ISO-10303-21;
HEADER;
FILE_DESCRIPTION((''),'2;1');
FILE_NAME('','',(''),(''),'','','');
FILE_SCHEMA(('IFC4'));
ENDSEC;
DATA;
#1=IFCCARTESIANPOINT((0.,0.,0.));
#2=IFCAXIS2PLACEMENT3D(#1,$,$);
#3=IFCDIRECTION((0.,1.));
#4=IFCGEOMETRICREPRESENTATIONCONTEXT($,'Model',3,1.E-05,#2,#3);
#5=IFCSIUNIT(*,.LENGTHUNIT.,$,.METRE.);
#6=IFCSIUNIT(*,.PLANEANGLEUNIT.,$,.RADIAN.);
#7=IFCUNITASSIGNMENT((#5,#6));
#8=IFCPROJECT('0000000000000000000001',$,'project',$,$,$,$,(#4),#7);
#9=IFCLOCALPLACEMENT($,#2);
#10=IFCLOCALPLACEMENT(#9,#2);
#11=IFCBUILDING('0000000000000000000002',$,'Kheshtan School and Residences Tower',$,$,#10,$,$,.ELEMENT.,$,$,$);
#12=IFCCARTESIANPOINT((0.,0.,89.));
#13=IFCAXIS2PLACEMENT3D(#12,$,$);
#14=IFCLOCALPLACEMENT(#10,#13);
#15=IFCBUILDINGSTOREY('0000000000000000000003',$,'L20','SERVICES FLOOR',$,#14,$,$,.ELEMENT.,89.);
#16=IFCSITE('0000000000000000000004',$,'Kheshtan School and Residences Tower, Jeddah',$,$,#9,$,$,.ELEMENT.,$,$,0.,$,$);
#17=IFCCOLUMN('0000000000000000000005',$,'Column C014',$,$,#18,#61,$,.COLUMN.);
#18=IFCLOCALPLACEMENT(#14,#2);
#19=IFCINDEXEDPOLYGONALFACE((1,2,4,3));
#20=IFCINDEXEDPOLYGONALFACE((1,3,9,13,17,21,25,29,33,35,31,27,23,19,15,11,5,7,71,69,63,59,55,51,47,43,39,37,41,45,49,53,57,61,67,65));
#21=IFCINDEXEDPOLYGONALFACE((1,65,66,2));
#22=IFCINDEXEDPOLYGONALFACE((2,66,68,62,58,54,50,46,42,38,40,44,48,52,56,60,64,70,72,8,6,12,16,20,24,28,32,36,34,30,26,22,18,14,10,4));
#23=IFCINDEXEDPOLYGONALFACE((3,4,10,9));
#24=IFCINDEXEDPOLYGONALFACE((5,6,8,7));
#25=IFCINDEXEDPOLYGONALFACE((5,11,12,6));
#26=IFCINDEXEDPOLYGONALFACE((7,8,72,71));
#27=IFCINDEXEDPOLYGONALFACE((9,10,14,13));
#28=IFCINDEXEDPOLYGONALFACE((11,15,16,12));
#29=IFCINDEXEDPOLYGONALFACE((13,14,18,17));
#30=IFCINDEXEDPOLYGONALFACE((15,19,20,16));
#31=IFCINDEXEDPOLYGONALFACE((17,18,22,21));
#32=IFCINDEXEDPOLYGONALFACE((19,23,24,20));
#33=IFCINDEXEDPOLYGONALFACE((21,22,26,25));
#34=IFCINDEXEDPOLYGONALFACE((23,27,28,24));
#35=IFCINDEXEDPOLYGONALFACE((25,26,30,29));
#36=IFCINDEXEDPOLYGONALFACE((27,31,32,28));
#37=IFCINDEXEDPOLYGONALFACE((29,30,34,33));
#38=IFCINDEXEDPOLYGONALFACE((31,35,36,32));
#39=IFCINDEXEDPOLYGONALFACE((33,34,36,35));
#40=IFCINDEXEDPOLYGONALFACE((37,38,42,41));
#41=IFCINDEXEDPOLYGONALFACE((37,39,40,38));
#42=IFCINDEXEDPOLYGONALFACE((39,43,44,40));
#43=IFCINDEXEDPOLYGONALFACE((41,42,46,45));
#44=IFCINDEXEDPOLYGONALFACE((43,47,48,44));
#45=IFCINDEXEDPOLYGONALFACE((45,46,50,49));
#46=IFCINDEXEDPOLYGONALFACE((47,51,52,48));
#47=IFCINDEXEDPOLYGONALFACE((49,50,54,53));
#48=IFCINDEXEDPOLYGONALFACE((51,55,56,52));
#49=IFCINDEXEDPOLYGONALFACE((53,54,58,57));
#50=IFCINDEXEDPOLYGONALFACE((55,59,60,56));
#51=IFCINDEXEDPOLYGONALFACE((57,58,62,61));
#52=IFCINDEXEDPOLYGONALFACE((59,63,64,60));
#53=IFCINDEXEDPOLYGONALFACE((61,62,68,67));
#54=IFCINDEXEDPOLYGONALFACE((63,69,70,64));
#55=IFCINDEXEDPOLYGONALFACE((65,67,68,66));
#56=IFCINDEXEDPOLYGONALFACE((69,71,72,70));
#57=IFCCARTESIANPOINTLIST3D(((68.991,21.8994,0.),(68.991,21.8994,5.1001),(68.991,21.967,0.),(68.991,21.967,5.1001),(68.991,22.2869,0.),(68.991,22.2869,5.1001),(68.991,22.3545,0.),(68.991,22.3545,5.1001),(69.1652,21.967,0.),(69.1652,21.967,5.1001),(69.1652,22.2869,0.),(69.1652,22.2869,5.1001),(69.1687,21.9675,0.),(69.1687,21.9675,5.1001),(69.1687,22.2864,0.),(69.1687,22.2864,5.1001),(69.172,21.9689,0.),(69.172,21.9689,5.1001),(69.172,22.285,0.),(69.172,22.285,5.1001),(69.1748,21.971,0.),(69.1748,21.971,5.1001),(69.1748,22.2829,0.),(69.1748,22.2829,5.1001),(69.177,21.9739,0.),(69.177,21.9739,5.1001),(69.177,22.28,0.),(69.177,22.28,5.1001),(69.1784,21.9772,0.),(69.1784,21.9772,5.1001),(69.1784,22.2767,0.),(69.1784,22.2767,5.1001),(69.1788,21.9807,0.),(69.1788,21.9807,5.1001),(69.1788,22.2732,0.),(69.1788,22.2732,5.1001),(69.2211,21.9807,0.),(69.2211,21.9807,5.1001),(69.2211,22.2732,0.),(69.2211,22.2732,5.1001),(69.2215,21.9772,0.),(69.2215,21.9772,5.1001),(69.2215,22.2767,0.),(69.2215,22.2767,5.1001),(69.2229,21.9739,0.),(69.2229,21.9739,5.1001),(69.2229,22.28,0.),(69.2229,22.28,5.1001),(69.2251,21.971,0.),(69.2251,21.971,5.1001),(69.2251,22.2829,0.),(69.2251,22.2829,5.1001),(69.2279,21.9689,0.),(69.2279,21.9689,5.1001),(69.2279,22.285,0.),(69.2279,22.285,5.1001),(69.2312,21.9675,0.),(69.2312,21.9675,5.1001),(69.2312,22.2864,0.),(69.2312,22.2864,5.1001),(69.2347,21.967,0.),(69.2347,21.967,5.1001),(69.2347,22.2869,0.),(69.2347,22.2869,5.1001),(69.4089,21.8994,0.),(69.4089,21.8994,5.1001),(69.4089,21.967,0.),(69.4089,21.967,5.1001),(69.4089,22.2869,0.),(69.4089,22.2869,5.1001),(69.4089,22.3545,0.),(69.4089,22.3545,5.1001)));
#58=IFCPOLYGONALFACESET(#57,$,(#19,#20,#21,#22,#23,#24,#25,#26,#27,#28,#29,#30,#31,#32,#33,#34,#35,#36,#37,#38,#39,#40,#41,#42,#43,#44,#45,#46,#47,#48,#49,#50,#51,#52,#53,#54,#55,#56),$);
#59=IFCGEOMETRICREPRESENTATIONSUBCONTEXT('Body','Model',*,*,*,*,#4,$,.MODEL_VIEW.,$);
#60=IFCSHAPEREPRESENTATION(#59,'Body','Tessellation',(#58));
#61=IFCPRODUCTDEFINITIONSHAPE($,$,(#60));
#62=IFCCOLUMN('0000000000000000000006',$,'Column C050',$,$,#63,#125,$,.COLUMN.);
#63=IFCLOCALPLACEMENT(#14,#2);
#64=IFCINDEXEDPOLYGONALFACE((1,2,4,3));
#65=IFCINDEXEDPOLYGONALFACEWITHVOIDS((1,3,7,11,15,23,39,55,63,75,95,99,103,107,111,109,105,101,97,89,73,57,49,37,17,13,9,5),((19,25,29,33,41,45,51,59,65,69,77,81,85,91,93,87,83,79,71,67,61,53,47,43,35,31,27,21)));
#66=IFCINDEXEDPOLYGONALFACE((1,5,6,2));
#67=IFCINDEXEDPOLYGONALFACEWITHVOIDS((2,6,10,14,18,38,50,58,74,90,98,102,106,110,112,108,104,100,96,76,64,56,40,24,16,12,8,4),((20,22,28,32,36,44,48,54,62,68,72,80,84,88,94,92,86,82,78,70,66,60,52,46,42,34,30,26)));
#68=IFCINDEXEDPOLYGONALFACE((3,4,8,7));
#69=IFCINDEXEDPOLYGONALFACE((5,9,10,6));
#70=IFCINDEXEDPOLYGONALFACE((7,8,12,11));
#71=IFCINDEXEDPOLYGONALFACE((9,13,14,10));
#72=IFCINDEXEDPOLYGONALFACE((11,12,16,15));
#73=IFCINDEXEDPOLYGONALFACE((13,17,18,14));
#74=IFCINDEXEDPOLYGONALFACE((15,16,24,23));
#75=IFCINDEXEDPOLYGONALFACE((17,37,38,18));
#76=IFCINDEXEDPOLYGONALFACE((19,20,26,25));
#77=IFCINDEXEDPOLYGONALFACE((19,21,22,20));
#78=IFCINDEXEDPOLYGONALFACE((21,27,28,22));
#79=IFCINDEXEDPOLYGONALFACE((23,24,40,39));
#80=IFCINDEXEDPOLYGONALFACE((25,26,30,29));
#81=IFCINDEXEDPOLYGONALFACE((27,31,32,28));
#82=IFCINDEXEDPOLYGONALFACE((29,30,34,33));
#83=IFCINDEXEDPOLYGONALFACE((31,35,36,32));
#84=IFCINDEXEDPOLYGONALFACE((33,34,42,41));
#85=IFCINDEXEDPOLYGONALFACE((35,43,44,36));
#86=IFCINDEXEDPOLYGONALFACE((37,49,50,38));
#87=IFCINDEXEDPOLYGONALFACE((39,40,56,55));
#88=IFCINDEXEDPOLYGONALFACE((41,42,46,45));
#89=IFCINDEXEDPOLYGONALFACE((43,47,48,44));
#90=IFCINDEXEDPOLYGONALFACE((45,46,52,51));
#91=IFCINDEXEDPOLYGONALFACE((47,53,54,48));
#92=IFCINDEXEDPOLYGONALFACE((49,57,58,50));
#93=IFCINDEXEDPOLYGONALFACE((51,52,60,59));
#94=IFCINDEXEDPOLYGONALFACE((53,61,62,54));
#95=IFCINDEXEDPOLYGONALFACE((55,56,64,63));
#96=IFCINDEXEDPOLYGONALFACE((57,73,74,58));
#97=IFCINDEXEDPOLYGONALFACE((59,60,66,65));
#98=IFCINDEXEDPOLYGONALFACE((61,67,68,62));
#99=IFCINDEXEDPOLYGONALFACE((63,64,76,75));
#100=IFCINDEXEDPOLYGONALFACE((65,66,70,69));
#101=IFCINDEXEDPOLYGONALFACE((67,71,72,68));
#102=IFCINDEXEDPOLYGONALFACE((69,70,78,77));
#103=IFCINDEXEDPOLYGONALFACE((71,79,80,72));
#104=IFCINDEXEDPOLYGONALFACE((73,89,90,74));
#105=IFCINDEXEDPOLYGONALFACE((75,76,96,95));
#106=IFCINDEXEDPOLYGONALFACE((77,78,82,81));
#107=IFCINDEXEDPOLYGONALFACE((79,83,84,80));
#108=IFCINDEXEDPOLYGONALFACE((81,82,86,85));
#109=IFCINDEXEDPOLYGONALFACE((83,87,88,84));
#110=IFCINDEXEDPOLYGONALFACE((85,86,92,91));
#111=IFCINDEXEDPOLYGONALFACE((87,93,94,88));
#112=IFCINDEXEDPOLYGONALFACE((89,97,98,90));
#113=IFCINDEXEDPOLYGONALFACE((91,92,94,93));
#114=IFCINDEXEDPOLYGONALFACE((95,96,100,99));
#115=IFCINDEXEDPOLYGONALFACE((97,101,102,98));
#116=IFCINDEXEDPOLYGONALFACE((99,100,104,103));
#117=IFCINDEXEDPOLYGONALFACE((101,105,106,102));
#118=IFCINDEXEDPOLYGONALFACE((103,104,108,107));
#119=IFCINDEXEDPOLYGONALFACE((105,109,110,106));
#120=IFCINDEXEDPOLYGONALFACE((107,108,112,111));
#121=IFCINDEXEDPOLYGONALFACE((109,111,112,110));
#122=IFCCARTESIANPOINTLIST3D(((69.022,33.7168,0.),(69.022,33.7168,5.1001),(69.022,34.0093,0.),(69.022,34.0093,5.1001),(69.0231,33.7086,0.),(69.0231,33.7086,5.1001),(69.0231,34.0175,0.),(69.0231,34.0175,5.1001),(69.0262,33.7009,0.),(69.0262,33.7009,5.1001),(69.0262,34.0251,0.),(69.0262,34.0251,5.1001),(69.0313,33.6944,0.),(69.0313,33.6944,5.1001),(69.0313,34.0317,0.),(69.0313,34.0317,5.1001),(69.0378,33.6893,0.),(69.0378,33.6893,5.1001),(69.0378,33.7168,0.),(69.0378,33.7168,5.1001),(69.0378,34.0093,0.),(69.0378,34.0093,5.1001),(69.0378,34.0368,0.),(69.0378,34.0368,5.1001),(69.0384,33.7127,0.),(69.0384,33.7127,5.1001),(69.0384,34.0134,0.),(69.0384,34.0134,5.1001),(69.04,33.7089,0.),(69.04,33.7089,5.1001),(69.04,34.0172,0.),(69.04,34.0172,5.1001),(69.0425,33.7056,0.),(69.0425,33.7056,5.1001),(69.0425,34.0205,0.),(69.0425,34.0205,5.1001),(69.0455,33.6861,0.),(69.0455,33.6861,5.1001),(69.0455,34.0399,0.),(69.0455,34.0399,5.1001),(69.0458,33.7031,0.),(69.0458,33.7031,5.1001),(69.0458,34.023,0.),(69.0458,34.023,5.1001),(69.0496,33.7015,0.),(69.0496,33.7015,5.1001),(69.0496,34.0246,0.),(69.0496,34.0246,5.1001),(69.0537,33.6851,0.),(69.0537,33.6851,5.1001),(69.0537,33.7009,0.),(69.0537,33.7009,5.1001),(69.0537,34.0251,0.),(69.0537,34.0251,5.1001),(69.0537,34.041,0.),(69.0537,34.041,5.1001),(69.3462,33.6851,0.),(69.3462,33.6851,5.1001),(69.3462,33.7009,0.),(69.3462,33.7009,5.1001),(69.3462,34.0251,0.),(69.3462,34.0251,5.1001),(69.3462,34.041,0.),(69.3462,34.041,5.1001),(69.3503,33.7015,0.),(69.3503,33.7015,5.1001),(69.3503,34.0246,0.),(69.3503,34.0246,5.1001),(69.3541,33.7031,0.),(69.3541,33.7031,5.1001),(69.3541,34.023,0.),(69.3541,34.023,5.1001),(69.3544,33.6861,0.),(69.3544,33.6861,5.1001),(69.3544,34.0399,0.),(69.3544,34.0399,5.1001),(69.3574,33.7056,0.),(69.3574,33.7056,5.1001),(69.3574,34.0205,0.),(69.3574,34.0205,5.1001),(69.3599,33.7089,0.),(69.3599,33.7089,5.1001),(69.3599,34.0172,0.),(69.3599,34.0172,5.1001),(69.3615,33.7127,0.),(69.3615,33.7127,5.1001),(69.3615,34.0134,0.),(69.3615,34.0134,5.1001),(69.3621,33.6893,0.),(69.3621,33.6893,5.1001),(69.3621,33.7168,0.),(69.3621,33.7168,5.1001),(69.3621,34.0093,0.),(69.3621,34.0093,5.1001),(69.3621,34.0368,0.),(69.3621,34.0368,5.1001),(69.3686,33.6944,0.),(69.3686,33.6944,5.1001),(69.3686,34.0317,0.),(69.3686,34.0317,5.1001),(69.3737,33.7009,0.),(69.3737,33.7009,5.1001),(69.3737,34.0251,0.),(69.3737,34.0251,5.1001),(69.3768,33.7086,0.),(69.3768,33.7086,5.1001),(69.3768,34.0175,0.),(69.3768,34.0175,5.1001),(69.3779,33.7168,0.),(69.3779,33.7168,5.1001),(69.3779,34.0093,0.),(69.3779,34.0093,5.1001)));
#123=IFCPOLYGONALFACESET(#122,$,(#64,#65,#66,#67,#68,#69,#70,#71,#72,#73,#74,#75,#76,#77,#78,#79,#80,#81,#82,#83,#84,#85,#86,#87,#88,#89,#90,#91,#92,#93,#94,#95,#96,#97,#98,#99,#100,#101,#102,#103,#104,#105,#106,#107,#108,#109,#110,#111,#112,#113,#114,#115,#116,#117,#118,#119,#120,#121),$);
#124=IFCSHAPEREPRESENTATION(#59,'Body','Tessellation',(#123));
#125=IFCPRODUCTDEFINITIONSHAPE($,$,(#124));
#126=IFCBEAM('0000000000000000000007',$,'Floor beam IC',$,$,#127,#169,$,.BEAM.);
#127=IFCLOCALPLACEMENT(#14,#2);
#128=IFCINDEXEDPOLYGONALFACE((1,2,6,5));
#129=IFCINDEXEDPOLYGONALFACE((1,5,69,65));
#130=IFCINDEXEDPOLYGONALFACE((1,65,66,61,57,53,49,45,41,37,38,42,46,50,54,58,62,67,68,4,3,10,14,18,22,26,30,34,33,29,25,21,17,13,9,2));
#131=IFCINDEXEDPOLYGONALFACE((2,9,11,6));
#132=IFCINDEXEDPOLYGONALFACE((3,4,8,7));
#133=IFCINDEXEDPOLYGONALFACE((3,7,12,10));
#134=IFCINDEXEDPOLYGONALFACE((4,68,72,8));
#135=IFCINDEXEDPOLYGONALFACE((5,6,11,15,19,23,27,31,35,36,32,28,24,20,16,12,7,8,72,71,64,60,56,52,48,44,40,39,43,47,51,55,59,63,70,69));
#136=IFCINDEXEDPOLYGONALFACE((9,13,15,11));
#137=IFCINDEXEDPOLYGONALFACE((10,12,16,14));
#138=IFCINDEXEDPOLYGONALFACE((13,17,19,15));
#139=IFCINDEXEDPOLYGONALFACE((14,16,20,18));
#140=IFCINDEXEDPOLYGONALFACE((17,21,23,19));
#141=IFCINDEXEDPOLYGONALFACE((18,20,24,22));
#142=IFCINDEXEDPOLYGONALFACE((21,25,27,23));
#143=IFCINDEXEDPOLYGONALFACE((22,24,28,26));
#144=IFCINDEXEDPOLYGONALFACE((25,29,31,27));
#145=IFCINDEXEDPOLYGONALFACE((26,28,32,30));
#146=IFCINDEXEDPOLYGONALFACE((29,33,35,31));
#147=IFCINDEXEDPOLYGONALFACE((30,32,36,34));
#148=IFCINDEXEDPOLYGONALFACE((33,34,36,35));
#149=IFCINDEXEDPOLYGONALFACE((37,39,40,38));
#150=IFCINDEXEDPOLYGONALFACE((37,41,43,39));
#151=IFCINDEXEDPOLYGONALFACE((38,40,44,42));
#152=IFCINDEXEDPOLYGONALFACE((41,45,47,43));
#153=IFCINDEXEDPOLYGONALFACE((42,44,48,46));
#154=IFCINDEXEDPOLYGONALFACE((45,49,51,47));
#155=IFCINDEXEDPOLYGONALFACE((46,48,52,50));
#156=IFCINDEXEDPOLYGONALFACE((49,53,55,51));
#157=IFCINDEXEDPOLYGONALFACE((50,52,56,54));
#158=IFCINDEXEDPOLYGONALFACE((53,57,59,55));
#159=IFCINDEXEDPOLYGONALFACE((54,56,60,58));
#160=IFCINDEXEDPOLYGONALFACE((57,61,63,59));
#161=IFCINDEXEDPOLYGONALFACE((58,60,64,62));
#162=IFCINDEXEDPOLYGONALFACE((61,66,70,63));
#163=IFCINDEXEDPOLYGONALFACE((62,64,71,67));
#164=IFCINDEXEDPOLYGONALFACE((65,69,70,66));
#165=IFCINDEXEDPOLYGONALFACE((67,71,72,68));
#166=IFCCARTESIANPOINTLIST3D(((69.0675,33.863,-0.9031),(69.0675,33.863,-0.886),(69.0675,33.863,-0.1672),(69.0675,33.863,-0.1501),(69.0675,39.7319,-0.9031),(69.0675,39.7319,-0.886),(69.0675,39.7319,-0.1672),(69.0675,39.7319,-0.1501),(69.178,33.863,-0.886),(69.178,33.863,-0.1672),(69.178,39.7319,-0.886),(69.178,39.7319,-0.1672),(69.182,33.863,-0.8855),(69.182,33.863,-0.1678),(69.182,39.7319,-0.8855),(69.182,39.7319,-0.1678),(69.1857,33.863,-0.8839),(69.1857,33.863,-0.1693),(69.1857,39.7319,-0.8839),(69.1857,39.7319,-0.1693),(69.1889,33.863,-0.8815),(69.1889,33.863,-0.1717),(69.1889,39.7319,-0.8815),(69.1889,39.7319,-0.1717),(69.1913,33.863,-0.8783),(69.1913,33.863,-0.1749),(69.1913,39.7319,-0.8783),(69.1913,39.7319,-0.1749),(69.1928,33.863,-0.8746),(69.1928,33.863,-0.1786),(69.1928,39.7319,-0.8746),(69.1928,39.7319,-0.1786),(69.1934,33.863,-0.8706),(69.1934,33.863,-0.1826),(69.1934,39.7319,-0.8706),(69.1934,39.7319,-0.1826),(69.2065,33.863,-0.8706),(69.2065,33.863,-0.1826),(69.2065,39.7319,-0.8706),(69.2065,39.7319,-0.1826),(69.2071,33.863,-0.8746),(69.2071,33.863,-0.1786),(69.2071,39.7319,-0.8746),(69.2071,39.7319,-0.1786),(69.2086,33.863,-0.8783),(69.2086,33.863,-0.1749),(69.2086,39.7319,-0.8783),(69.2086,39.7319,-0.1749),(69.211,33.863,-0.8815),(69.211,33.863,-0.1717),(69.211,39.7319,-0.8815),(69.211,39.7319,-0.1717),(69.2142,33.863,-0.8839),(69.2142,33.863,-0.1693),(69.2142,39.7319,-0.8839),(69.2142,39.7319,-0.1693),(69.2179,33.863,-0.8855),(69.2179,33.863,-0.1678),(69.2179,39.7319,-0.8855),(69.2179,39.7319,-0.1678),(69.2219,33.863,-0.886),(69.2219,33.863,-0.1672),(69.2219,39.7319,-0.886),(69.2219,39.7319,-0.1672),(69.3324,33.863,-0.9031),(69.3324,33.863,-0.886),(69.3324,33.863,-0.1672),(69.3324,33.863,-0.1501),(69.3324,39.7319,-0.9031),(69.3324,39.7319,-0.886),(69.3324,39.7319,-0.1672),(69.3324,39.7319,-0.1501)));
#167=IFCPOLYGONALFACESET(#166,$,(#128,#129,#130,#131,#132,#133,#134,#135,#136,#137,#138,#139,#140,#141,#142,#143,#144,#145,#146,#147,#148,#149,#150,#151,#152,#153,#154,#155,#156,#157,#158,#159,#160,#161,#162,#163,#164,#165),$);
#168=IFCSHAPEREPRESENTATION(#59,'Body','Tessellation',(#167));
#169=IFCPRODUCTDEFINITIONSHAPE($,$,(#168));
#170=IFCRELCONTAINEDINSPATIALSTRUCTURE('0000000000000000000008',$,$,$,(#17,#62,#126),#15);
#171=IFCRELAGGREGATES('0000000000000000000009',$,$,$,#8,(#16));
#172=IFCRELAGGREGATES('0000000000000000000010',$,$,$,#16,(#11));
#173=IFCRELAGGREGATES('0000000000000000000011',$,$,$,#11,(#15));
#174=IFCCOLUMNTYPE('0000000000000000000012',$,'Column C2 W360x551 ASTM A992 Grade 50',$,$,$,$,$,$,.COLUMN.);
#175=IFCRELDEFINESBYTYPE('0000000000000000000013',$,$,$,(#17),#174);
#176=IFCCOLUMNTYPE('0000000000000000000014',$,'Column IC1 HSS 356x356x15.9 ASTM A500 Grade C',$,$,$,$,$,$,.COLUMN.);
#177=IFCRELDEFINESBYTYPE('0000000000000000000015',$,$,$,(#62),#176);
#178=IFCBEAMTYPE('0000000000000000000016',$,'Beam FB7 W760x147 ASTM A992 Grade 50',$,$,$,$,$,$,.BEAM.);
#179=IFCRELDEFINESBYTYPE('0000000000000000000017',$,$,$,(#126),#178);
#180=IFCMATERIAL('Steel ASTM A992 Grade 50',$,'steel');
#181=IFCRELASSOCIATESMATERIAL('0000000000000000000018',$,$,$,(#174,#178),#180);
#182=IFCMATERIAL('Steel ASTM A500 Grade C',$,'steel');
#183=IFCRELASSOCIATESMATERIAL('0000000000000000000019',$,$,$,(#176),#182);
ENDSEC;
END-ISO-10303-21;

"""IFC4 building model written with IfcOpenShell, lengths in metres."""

from ifc_helpers import new_model, si_unit, direction, frame, origin, origin_2d, place, context, subcontext, project, spatial, hollow_rectangle, i_section, extrude, material, material_profile, profile_set, type_object, element, save


model = new_model("IFC4")

# Units and contexts
model_context = context("Model", 3, precision=1e-05, world=origin(), true_north=direction((0.0, 1.0)))
body_context = subcontext(model_context, "Body", "Model", "MODEL_VIEW")
ifc_project = project(units=[si_unit("LENGTHUNIT", "METRE"), si_unit("PLANEANGLEUNIT", "RADIAN")], contexts=[model_context])

# Site, building, storey
site_placement = place(None, origin())
site = spatial("IfcSite", under=ifc_project, at=site_placement, Name="Kheshtan School and Residences Tower, Jeddah", CompositionType="ELEMENT", RefElevation=0.0)
building_placement = place(site_placement, origin())
building = spatial("IfcBuilding", under=site, at=building_placement, Name="Kheshtan School and Residences Tower", CompositionType="ELEMENT")
storey_placement = place(building_placement, frame((0.0, 0.0, 89.0)))
storey = spatial("IfcBuildingStorey", under=building, at=storey_placement, Name="L20", Description="SERVICES FLOOR", CompositionType="ELEMENT", Elevation=89.0)

# Columns
ifc_material_1 = material(Name="Steel ASTM A992 Grade 50", Category="steel")
ifc_material_profile_1 = material_profile(ifc_material_1, i_section(OverallWidth=0.418, OverallDepth=0.4551, WebThickness=0.0422, FlangeThickness=0.0676, FilletRadius=0.0137, at=origin_2d()), Name="W360x551")
ifc_profile_set_1 = profile_set([ifc_material_profile_1], Name="Steel ASTM A992 Grade 50")
column_type_1 = type_object("IfcColumnType", Name="Column C2 W360x551 ASTM A992 Grade 50", PredefinedType="COLUMN", material=ifc_profile_set_1)
column_1_placement = place(storey_placement, frame((69.2, 22.127, 0.0), z_axis=(0.0, 0.0, 1.0), x_axis=(1.0, 0.0, 0.0)))
element("IfcColumn", 1, at=column_1_placement, inside=storey, type_object=column_type_1, Name="Column C014", PredefinedType="COLUMN", context=body_context, shape_type="SweptSolid", body=[
    extrude(i_section(OverallWidth=0.418, OverallDepth=0.4551, WebThickness=0.0422, FlangeThickness=0.0676, FilletRadius=0.0137, at=origin_2d()), origin(), (0.0, 0.0, 1.0), 5.1001),
])
ifc_material_2 = material(Name="Steel ASTM A500 Grade C", Category="steel")
ifc_material_profile_2 = material_profile(ifc_material_2, hollow_rectangle(XDim=0.356, YDim=0.356, WallThickness=0.0159, InnerFilletRadius=0.0159, OuterFilletRadius=0.0317, at=origin_2d()), Name="HSS 356x356x15.9")
ifc_profile_set_2 = profile_set([ifc_material_profile_2], Name="Steel ASTM A500 Grade C")
column_type_2 = type_object("IfcColumnType", Name="Column IC1 HSS 356x356x15.9 ASTM A500 Grade C", PredefinedType="COLUMN", material=ifc_profile_set_2)
column_2_placement = place(storey_placement, frame((69.2, 33.863, 0.0), z_axis=(0.0, 0.0, 1.0), x_axis=(1.0, 0.0, 0.0)))
element("IfcColumn", 2, at=column_2_placement, inside=storey, type_object=column_type_2, Name="Column C050", PredefinedType="COLUMN", context=body_context, shape_type="SweptSolid", body=[
    extrude(hollow_rectangle(XDim=0.356, YDim=0.356, WallThickness=0.0159, InnerFilletRadius=0.0159, OuterFilletRadius=0.0317, at=origin_2d()), origin(), (0.0, 0.0, 1.0), 5.1001),
])

# Beam
ifc_material_profile_3 = material_profile(ifc_material_1, i_section(OverallWidth=0.2649, OverallDepth=0.7529, WebThickness=0.0132, FlangeThickness=0.0171, FilletRadius=0.0154, at=origin_2d()), Name="W760x147")
ifc_profile_set_3 = profile_set([ifc_material_profile_3], Name="Steel ASTM A992 Grade 50")
beam_type_1 = type_object("IfcBeamType", Name="Beam FB7 W760x147 ASTM A992 Grade 50", PredefinedType="BEAM", material=ifc_profile_set_3)
beam_1_placement = place(storey_placement, frame((69.2, 33.863, -0.5266), z_axis=(0.0, 1.0, 0.0), x_axis=(-1.0, 0.0, 0.0)))
element("IfcBeam", 3, at=beam_1_placement, inside=storey, type_object=beam_type_1, Name="Floor beam IC", PredefinedType="BEAM", context=body_context, shape_type="SweptSolid", body=[
    extrude(i_section(OverallWidth=0.2649, OverallDepth=0.7529, WebThickness=0.0132, FlangeThickness=0.0171, FilletRadius=0.0154, at=origin_2d()), origin(), (0.0, 0.0, 1.0), 5.8689),
])

save(model, "model.ifc")
